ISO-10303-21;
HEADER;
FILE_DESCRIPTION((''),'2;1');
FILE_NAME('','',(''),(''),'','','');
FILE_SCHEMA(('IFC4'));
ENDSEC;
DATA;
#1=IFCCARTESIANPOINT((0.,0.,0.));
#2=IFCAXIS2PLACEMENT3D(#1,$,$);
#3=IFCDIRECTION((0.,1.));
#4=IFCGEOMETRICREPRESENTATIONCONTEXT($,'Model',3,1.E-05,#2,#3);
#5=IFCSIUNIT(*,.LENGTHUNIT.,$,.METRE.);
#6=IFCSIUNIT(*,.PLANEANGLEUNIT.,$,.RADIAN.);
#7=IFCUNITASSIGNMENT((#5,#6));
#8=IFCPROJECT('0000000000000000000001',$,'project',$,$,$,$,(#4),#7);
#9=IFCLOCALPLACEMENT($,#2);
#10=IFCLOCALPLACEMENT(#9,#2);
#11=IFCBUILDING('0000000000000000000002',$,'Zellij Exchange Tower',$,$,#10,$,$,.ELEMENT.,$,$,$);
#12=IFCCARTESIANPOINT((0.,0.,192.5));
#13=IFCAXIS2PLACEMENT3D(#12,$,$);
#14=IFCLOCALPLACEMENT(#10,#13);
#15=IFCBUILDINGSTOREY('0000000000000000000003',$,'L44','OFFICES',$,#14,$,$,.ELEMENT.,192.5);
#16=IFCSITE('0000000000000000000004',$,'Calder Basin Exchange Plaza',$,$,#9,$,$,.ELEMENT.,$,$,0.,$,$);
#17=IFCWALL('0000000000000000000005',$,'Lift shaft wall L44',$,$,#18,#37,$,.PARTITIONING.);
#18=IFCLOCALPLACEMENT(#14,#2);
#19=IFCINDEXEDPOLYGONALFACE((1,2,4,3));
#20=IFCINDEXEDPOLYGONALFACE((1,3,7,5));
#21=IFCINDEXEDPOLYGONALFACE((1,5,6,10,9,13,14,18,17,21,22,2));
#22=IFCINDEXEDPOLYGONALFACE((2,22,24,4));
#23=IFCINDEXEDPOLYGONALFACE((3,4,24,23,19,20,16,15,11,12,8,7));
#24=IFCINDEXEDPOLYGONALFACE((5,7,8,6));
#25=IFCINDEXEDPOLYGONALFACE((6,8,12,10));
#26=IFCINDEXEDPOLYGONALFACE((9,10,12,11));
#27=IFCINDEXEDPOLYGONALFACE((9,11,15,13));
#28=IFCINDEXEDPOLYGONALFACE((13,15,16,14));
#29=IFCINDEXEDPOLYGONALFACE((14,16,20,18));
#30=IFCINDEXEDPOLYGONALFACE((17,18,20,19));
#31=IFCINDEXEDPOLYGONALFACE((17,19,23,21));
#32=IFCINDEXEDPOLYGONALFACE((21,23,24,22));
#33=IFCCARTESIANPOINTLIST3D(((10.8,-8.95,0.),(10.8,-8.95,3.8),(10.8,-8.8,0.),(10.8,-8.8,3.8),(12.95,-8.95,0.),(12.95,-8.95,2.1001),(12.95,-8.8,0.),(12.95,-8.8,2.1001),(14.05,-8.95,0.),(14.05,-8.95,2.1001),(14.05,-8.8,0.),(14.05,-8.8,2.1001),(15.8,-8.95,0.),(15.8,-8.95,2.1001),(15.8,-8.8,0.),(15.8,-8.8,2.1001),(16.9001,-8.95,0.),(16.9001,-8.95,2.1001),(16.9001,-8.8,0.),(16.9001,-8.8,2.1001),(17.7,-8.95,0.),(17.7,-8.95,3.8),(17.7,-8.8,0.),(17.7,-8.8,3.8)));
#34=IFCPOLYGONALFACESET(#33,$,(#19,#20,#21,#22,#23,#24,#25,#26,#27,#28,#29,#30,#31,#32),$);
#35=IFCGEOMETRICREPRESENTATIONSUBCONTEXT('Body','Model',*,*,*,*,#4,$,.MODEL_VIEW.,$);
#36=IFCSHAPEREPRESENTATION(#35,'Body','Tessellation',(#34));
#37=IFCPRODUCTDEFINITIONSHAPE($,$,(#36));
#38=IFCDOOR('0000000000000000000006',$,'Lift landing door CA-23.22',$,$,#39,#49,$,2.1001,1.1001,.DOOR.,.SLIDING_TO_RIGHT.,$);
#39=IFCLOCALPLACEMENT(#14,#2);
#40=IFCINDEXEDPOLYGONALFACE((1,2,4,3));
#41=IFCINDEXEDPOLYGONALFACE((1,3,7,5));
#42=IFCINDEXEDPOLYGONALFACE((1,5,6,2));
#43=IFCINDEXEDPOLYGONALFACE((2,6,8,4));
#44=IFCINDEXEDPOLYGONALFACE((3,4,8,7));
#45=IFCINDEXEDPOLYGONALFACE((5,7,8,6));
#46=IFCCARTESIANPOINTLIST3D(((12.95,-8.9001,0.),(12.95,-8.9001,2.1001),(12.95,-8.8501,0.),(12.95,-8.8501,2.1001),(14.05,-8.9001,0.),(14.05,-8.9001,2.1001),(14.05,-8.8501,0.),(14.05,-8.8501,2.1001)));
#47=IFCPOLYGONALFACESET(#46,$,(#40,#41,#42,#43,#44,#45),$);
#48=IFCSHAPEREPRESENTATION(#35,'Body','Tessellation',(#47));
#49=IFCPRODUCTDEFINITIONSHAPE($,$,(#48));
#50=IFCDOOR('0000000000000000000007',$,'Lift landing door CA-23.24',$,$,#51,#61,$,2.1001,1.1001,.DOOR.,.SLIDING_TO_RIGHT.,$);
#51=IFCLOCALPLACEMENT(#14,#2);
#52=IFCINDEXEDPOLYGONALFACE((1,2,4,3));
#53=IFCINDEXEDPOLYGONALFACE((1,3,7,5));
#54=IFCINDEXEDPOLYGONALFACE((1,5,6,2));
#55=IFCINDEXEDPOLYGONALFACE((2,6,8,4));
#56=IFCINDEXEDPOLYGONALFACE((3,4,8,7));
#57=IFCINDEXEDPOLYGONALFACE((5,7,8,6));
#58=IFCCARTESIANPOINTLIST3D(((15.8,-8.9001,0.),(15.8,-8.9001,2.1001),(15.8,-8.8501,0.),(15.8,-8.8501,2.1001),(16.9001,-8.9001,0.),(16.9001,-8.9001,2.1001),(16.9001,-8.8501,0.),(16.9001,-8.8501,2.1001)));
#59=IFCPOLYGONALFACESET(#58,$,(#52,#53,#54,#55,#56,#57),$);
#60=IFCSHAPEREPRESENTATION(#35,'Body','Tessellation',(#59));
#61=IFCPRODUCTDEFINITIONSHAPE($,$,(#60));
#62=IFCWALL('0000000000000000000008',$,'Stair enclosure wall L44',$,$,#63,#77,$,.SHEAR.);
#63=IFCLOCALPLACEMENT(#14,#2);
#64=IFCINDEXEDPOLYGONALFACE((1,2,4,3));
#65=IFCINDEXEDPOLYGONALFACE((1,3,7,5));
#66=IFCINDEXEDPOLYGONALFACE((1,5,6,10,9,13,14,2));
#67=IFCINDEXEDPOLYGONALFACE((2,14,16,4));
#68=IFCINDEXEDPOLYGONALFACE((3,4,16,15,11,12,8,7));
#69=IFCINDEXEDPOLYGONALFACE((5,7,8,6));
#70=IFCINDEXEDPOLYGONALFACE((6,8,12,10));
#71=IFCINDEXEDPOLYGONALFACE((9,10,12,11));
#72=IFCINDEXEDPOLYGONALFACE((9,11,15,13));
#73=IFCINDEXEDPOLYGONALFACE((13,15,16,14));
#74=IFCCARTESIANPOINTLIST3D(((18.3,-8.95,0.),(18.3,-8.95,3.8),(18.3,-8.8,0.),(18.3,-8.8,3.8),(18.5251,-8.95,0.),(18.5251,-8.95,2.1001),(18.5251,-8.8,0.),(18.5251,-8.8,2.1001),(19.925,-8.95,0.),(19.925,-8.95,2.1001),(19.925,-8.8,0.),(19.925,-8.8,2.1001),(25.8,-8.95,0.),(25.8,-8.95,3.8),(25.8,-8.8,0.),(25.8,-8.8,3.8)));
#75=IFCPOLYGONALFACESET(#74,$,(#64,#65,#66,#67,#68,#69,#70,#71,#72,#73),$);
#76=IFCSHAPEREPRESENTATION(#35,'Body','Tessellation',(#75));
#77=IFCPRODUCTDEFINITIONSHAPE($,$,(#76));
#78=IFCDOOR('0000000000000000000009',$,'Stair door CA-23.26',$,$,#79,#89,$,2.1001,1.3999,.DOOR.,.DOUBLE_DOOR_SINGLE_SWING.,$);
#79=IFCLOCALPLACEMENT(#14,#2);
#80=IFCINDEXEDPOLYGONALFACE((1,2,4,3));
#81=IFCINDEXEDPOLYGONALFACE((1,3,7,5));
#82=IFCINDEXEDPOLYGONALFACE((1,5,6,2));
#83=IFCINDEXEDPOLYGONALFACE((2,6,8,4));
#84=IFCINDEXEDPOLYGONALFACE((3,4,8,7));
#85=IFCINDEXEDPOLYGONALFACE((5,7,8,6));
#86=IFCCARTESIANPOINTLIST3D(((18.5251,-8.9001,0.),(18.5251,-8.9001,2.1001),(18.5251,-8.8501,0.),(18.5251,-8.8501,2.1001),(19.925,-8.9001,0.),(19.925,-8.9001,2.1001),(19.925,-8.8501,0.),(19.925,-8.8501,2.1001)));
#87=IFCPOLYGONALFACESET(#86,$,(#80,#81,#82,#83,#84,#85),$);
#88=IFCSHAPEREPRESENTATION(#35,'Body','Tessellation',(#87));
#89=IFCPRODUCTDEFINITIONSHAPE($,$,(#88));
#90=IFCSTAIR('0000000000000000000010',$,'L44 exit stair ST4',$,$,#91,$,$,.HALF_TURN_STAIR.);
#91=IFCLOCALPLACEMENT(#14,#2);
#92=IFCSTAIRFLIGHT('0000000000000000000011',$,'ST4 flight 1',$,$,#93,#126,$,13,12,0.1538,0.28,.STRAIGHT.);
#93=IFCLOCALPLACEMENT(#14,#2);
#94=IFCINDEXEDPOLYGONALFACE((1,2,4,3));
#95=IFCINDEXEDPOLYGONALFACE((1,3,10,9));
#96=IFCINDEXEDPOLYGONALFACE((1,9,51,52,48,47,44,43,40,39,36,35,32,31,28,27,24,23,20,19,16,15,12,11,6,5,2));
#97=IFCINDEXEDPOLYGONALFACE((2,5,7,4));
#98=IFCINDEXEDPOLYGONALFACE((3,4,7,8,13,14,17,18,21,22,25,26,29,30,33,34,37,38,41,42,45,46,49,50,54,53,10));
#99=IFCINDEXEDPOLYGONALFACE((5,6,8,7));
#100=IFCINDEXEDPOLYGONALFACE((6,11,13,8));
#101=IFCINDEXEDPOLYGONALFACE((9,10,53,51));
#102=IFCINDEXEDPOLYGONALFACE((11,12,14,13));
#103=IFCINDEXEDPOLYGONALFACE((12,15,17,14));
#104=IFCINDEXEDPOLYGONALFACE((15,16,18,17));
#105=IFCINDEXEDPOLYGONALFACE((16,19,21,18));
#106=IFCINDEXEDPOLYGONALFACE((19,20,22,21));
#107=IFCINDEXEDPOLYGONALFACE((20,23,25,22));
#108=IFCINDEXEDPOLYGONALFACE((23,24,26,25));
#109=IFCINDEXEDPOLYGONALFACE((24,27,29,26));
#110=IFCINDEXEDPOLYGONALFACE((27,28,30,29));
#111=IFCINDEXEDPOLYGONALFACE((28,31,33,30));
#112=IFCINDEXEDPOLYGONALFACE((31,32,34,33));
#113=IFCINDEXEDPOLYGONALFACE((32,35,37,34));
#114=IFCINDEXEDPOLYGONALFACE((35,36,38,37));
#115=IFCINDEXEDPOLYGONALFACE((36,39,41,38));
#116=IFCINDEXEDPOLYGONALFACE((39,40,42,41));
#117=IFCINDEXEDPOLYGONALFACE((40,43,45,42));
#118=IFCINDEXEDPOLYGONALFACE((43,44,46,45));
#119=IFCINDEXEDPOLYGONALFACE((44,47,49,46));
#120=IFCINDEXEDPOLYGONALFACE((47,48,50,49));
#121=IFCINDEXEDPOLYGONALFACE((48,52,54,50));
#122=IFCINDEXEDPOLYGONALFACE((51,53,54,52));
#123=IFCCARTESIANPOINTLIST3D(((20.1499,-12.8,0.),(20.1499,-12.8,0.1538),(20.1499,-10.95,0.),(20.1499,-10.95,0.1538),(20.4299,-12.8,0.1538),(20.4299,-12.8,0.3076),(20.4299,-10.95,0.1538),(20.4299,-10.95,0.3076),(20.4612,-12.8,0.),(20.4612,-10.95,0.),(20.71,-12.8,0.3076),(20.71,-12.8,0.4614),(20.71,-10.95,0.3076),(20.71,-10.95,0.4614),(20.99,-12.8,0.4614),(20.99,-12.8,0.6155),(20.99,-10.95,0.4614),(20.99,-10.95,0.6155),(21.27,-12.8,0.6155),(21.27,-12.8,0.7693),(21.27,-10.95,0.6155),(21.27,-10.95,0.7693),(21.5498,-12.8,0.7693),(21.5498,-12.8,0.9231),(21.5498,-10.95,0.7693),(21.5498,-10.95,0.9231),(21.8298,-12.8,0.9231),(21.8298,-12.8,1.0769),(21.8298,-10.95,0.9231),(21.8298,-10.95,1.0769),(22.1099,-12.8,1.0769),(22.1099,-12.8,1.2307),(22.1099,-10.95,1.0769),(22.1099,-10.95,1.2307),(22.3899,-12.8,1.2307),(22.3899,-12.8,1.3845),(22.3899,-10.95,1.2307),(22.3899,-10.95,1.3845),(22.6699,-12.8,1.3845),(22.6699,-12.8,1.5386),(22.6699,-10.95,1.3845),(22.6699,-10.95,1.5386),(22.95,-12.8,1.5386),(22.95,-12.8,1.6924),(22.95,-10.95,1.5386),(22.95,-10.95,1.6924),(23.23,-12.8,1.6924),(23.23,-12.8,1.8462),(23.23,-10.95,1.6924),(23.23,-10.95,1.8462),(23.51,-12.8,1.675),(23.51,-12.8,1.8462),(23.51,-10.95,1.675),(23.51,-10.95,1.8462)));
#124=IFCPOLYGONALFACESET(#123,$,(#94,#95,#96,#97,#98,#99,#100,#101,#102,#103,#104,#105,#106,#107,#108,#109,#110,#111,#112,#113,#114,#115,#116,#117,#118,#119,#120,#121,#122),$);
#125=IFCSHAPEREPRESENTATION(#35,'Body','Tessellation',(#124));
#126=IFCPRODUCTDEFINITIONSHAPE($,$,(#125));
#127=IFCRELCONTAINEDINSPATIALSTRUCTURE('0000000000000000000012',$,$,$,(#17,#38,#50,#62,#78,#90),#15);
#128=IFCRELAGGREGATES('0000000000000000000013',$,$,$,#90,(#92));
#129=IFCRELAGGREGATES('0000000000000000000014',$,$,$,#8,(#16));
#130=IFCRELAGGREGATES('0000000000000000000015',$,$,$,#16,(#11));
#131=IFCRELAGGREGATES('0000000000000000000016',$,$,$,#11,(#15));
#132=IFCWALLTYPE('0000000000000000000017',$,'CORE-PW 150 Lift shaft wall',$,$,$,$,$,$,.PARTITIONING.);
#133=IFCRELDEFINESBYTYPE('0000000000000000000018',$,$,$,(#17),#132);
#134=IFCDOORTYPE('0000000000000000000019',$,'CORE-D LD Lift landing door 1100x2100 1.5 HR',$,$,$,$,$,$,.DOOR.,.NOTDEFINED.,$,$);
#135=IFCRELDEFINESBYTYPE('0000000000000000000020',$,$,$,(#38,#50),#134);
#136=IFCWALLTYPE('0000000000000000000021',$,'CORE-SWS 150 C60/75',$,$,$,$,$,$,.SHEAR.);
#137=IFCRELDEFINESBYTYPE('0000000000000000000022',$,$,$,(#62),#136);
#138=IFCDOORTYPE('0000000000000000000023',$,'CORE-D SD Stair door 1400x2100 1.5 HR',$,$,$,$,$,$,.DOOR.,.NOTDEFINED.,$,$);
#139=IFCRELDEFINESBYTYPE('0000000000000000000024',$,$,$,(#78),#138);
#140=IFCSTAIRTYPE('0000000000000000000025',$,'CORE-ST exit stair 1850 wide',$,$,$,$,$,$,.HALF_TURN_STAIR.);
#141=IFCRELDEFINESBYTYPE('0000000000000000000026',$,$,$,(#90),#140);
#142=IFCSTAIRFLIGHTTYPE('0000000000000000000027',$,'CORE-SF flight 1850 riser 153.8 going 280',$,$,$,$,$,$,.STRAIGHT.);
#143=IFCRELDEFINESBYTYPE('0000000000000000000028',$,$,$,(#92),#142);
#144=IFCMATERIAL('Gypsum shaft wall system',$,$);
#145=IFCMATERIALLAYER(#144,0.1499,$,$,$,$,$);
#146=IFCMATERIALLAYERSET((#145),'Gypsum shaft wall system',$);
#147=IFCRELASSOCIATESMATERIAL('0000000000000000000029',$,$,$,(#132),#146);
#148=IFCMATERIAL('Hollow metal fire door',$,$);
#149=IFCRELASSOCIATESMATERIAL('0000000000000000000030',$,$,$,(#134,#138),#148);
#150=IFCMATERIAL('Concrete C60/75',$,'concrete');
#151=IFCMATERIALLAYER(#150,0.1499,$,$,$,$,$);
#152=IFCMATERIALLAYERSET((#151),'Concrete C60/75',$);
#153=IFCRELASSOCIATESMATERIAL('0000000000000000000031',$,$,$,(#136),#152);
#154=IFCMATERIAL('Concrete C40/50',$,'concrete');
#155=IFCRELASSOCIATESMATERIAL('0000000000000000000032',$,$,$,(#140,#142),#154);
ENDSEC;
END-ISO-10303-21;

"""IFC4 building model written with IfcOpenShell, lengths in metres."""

from ifc_helpers import new_model, si_unit, direction, frame, frame_2d, origin, place, context, subcontext, project, spatial, polyline, rectangle, outline, extrude, material, layer, layer_set, type_object, element, fill, aggregate, save


model = new_model("IFC4")

# Units and contexts
model_context = context("Model", 3, precision=1e-05, world=origin(), true_north=direction((0.0, 1.0)))
body_context = subcontext(model_context, "Body", "Model", "MODEL_VIEW")
ifc_project = project(units=[si_unit("LENGTHUNIT", "METRE"), si_unit("PLANEANGLEUNIT", "RADIAN")], contexts=[model_context])

# Site, building, storey
site_placement = place(None, origin())
site = spatial("IfcSite", under=ifc_project, at=site_placement, Name="Calder Basin Exchange Plaza", CompositionType="ELEMENT", RefElevation=0.0)
building_placement = place(site_placement, origin())
building = spatial("IfcBuilding", under=site, at=building_placement, Name="Zellij Exchange Tower", CompositionType="ELEMENT")
storey_placement = place(building_placement, frame((0.0, 0.0, 192.5)))
storey = spatial("IfcBuildingStorey", under=building, at=storey_placement, Name="L44", Description="OFFICES", CompositionType="ELEMENT", Elevation=192.5)

# Shared definitions
ifc_material_1 = material(Name="Concrete C60/75", Category="concrete")

# Shared definitions
ifc_material_2 = material(Name="Hollow metal fire door")

# Shared definitions
ifc_material_3 = material(Name="Gypsum shaft wall system")
ifc_layer_1 = layer(ifc_material_3, 0.1499)
ifc_layer_set_1 = layer_set([ifc_layer_1], Name="Gypsum shaft wall system")
wall_type_1 = type_object("IfcWallType", Name="CORE-PW 150 Lift shaft wall", PredefinedType="PARTITIONING", material=ifc_layer_set_1)

# Wall, openings, doors
door_type_1 = type_object("IfcDoorType", Name="CORE-D LD Lift landing door 1100x2100 1.5 HR", OperationType="NOTDEFINED", PredefinedType="DOOR", material=ifc_material_2)
wall_1_placement = place(storey_placement, frame((10.8, -8.875, 0.0), z_axis=(0.0, 0.0, 1.0), x_axis=(1.0, 0.0, 0.0)))
wall_1 = element("IfcWall", 1, at=wall_1_placement, inside=storey, type_object=wall_type_1, Name="Lift shaft wall L44", PredefinedType="PARTITIONING", context=body_context, shape_type="SweptSolid", body=[
    extrude(rectangle(XDim=6.8999, YDim=0.1499, at=frame_2d((3.45, 0.0))), origin(), (0.0, 0.0, 1.0), 3.8),
])
opening_1_placement = place(wall_1_placement, frame((2.1499, 0.0, 0.0)))
opening_1 = element("IfcOpeningElement", 2, at=opening_1_placement, cuts=wall_1, PredefinedType="OPENING", context=body_context, shape_type="SweptSolid", body=[
    extrude(rectangle(XDim=1.1001, YDim=2.1001, at=frame_2d((0.55, 1.05))), frame((0.0, 0.0869, 0.0), z_axis=(0.0, -1.0, 0.0), x_axis=(1.0, 0.0, 0.0)), (0.0, 0.0, 1.0), 0.1738),
])
opening_2_placement = place(wall_1_placement, frame((5.0, 0.0, 0.0)))
opening_2 = element("IfcOpeningElement", 3, at=opening_2_placement, cuts=wall_1, PredefinedType="OPENING", context=body_context, shape_type="SweptSolid", body=[
    extrude(rectangle(XDim=1.1001, YDim=2.1001, at=frame_2d((0.55, 1.05))), frame((0.0, 0.0869, 0.0), z_axis=(0.0, -1.0, 0.0), x_axis=(1.0, 0.0, 0.0)), (0.0, 0.0, 1.0), 0.1738),
])
door_1_placement = place(opening_1_placement, origin())
door_1 = element("IfcDoor", 4, at=door_1_placement, inside=storey, type_object=door_type_1, Name="Lift landing door CA-23.22", OperationType="SLIDING_TO_RIGHT", OverallHeight=2.1001, OverallWidth=1.1001, PredefinedType="DOOR", context=body_context, shape_type="SweptSolid", body=[
    extrude(rectangle(XDim=1.1001, YDim=2.1001, at=frame_2d((0.55, 1.05))), frame((0.0, 0.0249, 0.0), z_axis=(0.0, -1.0, 0.0), x_axis=(1.0, 0.0, 0.0)), (0.0, 0.0, 1.0), 0.05),
])
fill(opening_1, door_1)
door_2_placement = place(opening_2_placement, origin())
door_2 = element("IfcDoor", 5, at=door_2_placement, inside=storey, type_object=door_type_1, Name="Lift landing door CA-23.24", OperationType="SLIDING_TO_RIGHT", OverallHeight=2.1001, OverallWidth=1.1001, PredefinedType="DOOR", context=body_context, shape_type="SweptSolid", body=[
    extrude(rectangle(XDim=1.1001, YDim=2.1001, at=frame_2d((0.55, 1.05))), frame((0.0, 0.0249, 0.0), z_axis=(0.0, -1.0, 0.0), x_axis=(1.0, 0.0, 0.0)), (0.0, 0.0, 1.0), 0.05),
])
fill(opening_2, door_2)

# Wall, opening, door
ifc_layer_2 = layer(ifc_material_1, 0.1499)
ifc_layer_set_2 = layer_set([ifc_layer_2], Name="Concrete C60/75")
wall_type_2 = type_object("IfcWallType", Name="CORE-SWS 150 C60/75", PredefinedType="SHEAR", material=ifc_layer_set_2)
wall_2_placement = place(storey_placement, frame((18.3, -8.875, 0.0), z_axis=(0.0, 0.0, 1.0), x_axis=(1.0, 0.0, 0.0)))
wall_2 = element("IfcWall", 6, at=wall_2_placement, inside=storey, type_object=wall_type_2, Name="Stair enclosure wall L44", PredefinedType="SHEAR", context=body_context, shape_type="SweptSolid", body=[
    extrude(rectangle(XDim=7.5, YDim=0.1499, at=frame_2d((3.75, 0.0))), origin(), (0.0, 0.0, 1.0), 3.8),
])
opening_3_placement = place(wall_2_placement, frame((0.2251, 0.0, 0.0)))
opening_3 = element("IfcOpeningElement", 7, at=opening_3_placement, cuts=wall_2, PredefinedType="OPENING", context=body_context, shape_type="SweptSolid", body=[
    extrude(rectangle(XDim=1.3999, YDim=2.1001, at=frame_2d((0.7, 1.05))), frame((0.0, 0.0869, 0.0), z_axis=(0.0, -1.0, 0.0), x_axis=(1.0, 0.0, 0.0)), (0.0, 0.0, 1.0), 0.1738),
])
door_type_2 = type_object("IfcDoorType", Name="CORE-D SD Stair door 1400x2100 1.5 HR", OperationType="NOTDEFINED", PredefinedType="DOOR", material=ifc_material_2)
door_3_placement = place(opening_3_placement, origin())
door_3 = element("IfcDoor", 8, at=door_3_placement, inside=storey, type_object=door_type_2, Name="Stair door CA-23.26", OperationType="DOUBLE_DOOR_SINGLE_SWING", OverallHeight=2.1001, OverallWidth=1.3999, PredefinedType="DOOR", context=body_context, shape_type="SweptSolid", body=[
    extrude(rectangle(XDim=1.3999, YDim=2.1001, at=frame_2d((0.7, 1.05))), frame((0.0, 0.0249, 0.0), z_axis=(0.0, -1.0, 0.0), x_axis=(1.0, 0.0, 0.0)), (0.0, 0.0, 1.0), 0.05),
])
fill(opening_3, door_3)

# Stair, stair flight
ifc_material_4 = material(Name="Concrete C40/50", Category="concrete")
stair_type = type_object("IfcStairType", Name="CORE-ST exit stair 1850 wide", PredefinedType="HALF_TURN_STAIR", material=ifc_material_4)
stair_placement = place(storey_placement, origin())
stair = element("IfcStair", 9, at=stair_placement, inside=storey, type_object=stair_type, Name="L44 exit stair ST4", PredefinedType="HALF_TURN_STAIR")
stair_flight_type = type_object("IfcStairFlightType", Name="CORE-SF flight 1850 riser 153.8 going 280", PredefinedType="STRAIGHT", material=ifc_material_4)
stair_flight_placement = place(storey_placement, frame((20.1499, -11.875, 0.0), z_axis=(0.0, 0.0, 1.0), x_axis=(1.0, 0.0, 0.0)))
stair_flight = element("IfcStairFlight", 10, at=stair_flight_placement, type_object=stair_flight_type, Name="ST4 flight 1", NumberOfRisers=13, NumberOfTreads=12, PredefinedType="STRAIGHT", RiserHeight=0.1538, TreadLength=0.28, context=body_context, shape_type="SweptSolid", body=[
    extrude(outline(polyline([(0.0, 0.0), (0.0, 0.1538), (0.28, 0.1538), (0.28, 0.3076), (0.5601, 0.3076), (0.5601, 0.4614), (0.8401, 0.4614), (0.8401, 0.6155), (1.1201, 0.6155), (1.1201, 0.7693), (1.3999, 0.7693), (1.3999, 0.9231), (1.6799, 0.9231), (1.6799, 1.0769), (1.96, 1.0769), (1.96, 1.2307), (2.24, 1.2307), (2.24, 1.3845), (2.52, 1.3845), (2.52, 1.5386), (2.8, 1.5386), (2.8, 1.6924), (3.0801, 1.6924), (3.0801, 1.8462), (3.3601, 1.8462), (3.3601, 2.0), (3.3601, 1.675), (0.3113, 0.0), (0.0, 0.0)])), frame((0.0, 0.925, 0.0), z_axis=(0.0, -1.0, 0.0), x_axis=(1.0, 0.0, 0.0)), (0.0, 0.0, 1.0), 1.8501),
])
aggregate(stair, [stair_flight])

save(model, "model.ifc")
